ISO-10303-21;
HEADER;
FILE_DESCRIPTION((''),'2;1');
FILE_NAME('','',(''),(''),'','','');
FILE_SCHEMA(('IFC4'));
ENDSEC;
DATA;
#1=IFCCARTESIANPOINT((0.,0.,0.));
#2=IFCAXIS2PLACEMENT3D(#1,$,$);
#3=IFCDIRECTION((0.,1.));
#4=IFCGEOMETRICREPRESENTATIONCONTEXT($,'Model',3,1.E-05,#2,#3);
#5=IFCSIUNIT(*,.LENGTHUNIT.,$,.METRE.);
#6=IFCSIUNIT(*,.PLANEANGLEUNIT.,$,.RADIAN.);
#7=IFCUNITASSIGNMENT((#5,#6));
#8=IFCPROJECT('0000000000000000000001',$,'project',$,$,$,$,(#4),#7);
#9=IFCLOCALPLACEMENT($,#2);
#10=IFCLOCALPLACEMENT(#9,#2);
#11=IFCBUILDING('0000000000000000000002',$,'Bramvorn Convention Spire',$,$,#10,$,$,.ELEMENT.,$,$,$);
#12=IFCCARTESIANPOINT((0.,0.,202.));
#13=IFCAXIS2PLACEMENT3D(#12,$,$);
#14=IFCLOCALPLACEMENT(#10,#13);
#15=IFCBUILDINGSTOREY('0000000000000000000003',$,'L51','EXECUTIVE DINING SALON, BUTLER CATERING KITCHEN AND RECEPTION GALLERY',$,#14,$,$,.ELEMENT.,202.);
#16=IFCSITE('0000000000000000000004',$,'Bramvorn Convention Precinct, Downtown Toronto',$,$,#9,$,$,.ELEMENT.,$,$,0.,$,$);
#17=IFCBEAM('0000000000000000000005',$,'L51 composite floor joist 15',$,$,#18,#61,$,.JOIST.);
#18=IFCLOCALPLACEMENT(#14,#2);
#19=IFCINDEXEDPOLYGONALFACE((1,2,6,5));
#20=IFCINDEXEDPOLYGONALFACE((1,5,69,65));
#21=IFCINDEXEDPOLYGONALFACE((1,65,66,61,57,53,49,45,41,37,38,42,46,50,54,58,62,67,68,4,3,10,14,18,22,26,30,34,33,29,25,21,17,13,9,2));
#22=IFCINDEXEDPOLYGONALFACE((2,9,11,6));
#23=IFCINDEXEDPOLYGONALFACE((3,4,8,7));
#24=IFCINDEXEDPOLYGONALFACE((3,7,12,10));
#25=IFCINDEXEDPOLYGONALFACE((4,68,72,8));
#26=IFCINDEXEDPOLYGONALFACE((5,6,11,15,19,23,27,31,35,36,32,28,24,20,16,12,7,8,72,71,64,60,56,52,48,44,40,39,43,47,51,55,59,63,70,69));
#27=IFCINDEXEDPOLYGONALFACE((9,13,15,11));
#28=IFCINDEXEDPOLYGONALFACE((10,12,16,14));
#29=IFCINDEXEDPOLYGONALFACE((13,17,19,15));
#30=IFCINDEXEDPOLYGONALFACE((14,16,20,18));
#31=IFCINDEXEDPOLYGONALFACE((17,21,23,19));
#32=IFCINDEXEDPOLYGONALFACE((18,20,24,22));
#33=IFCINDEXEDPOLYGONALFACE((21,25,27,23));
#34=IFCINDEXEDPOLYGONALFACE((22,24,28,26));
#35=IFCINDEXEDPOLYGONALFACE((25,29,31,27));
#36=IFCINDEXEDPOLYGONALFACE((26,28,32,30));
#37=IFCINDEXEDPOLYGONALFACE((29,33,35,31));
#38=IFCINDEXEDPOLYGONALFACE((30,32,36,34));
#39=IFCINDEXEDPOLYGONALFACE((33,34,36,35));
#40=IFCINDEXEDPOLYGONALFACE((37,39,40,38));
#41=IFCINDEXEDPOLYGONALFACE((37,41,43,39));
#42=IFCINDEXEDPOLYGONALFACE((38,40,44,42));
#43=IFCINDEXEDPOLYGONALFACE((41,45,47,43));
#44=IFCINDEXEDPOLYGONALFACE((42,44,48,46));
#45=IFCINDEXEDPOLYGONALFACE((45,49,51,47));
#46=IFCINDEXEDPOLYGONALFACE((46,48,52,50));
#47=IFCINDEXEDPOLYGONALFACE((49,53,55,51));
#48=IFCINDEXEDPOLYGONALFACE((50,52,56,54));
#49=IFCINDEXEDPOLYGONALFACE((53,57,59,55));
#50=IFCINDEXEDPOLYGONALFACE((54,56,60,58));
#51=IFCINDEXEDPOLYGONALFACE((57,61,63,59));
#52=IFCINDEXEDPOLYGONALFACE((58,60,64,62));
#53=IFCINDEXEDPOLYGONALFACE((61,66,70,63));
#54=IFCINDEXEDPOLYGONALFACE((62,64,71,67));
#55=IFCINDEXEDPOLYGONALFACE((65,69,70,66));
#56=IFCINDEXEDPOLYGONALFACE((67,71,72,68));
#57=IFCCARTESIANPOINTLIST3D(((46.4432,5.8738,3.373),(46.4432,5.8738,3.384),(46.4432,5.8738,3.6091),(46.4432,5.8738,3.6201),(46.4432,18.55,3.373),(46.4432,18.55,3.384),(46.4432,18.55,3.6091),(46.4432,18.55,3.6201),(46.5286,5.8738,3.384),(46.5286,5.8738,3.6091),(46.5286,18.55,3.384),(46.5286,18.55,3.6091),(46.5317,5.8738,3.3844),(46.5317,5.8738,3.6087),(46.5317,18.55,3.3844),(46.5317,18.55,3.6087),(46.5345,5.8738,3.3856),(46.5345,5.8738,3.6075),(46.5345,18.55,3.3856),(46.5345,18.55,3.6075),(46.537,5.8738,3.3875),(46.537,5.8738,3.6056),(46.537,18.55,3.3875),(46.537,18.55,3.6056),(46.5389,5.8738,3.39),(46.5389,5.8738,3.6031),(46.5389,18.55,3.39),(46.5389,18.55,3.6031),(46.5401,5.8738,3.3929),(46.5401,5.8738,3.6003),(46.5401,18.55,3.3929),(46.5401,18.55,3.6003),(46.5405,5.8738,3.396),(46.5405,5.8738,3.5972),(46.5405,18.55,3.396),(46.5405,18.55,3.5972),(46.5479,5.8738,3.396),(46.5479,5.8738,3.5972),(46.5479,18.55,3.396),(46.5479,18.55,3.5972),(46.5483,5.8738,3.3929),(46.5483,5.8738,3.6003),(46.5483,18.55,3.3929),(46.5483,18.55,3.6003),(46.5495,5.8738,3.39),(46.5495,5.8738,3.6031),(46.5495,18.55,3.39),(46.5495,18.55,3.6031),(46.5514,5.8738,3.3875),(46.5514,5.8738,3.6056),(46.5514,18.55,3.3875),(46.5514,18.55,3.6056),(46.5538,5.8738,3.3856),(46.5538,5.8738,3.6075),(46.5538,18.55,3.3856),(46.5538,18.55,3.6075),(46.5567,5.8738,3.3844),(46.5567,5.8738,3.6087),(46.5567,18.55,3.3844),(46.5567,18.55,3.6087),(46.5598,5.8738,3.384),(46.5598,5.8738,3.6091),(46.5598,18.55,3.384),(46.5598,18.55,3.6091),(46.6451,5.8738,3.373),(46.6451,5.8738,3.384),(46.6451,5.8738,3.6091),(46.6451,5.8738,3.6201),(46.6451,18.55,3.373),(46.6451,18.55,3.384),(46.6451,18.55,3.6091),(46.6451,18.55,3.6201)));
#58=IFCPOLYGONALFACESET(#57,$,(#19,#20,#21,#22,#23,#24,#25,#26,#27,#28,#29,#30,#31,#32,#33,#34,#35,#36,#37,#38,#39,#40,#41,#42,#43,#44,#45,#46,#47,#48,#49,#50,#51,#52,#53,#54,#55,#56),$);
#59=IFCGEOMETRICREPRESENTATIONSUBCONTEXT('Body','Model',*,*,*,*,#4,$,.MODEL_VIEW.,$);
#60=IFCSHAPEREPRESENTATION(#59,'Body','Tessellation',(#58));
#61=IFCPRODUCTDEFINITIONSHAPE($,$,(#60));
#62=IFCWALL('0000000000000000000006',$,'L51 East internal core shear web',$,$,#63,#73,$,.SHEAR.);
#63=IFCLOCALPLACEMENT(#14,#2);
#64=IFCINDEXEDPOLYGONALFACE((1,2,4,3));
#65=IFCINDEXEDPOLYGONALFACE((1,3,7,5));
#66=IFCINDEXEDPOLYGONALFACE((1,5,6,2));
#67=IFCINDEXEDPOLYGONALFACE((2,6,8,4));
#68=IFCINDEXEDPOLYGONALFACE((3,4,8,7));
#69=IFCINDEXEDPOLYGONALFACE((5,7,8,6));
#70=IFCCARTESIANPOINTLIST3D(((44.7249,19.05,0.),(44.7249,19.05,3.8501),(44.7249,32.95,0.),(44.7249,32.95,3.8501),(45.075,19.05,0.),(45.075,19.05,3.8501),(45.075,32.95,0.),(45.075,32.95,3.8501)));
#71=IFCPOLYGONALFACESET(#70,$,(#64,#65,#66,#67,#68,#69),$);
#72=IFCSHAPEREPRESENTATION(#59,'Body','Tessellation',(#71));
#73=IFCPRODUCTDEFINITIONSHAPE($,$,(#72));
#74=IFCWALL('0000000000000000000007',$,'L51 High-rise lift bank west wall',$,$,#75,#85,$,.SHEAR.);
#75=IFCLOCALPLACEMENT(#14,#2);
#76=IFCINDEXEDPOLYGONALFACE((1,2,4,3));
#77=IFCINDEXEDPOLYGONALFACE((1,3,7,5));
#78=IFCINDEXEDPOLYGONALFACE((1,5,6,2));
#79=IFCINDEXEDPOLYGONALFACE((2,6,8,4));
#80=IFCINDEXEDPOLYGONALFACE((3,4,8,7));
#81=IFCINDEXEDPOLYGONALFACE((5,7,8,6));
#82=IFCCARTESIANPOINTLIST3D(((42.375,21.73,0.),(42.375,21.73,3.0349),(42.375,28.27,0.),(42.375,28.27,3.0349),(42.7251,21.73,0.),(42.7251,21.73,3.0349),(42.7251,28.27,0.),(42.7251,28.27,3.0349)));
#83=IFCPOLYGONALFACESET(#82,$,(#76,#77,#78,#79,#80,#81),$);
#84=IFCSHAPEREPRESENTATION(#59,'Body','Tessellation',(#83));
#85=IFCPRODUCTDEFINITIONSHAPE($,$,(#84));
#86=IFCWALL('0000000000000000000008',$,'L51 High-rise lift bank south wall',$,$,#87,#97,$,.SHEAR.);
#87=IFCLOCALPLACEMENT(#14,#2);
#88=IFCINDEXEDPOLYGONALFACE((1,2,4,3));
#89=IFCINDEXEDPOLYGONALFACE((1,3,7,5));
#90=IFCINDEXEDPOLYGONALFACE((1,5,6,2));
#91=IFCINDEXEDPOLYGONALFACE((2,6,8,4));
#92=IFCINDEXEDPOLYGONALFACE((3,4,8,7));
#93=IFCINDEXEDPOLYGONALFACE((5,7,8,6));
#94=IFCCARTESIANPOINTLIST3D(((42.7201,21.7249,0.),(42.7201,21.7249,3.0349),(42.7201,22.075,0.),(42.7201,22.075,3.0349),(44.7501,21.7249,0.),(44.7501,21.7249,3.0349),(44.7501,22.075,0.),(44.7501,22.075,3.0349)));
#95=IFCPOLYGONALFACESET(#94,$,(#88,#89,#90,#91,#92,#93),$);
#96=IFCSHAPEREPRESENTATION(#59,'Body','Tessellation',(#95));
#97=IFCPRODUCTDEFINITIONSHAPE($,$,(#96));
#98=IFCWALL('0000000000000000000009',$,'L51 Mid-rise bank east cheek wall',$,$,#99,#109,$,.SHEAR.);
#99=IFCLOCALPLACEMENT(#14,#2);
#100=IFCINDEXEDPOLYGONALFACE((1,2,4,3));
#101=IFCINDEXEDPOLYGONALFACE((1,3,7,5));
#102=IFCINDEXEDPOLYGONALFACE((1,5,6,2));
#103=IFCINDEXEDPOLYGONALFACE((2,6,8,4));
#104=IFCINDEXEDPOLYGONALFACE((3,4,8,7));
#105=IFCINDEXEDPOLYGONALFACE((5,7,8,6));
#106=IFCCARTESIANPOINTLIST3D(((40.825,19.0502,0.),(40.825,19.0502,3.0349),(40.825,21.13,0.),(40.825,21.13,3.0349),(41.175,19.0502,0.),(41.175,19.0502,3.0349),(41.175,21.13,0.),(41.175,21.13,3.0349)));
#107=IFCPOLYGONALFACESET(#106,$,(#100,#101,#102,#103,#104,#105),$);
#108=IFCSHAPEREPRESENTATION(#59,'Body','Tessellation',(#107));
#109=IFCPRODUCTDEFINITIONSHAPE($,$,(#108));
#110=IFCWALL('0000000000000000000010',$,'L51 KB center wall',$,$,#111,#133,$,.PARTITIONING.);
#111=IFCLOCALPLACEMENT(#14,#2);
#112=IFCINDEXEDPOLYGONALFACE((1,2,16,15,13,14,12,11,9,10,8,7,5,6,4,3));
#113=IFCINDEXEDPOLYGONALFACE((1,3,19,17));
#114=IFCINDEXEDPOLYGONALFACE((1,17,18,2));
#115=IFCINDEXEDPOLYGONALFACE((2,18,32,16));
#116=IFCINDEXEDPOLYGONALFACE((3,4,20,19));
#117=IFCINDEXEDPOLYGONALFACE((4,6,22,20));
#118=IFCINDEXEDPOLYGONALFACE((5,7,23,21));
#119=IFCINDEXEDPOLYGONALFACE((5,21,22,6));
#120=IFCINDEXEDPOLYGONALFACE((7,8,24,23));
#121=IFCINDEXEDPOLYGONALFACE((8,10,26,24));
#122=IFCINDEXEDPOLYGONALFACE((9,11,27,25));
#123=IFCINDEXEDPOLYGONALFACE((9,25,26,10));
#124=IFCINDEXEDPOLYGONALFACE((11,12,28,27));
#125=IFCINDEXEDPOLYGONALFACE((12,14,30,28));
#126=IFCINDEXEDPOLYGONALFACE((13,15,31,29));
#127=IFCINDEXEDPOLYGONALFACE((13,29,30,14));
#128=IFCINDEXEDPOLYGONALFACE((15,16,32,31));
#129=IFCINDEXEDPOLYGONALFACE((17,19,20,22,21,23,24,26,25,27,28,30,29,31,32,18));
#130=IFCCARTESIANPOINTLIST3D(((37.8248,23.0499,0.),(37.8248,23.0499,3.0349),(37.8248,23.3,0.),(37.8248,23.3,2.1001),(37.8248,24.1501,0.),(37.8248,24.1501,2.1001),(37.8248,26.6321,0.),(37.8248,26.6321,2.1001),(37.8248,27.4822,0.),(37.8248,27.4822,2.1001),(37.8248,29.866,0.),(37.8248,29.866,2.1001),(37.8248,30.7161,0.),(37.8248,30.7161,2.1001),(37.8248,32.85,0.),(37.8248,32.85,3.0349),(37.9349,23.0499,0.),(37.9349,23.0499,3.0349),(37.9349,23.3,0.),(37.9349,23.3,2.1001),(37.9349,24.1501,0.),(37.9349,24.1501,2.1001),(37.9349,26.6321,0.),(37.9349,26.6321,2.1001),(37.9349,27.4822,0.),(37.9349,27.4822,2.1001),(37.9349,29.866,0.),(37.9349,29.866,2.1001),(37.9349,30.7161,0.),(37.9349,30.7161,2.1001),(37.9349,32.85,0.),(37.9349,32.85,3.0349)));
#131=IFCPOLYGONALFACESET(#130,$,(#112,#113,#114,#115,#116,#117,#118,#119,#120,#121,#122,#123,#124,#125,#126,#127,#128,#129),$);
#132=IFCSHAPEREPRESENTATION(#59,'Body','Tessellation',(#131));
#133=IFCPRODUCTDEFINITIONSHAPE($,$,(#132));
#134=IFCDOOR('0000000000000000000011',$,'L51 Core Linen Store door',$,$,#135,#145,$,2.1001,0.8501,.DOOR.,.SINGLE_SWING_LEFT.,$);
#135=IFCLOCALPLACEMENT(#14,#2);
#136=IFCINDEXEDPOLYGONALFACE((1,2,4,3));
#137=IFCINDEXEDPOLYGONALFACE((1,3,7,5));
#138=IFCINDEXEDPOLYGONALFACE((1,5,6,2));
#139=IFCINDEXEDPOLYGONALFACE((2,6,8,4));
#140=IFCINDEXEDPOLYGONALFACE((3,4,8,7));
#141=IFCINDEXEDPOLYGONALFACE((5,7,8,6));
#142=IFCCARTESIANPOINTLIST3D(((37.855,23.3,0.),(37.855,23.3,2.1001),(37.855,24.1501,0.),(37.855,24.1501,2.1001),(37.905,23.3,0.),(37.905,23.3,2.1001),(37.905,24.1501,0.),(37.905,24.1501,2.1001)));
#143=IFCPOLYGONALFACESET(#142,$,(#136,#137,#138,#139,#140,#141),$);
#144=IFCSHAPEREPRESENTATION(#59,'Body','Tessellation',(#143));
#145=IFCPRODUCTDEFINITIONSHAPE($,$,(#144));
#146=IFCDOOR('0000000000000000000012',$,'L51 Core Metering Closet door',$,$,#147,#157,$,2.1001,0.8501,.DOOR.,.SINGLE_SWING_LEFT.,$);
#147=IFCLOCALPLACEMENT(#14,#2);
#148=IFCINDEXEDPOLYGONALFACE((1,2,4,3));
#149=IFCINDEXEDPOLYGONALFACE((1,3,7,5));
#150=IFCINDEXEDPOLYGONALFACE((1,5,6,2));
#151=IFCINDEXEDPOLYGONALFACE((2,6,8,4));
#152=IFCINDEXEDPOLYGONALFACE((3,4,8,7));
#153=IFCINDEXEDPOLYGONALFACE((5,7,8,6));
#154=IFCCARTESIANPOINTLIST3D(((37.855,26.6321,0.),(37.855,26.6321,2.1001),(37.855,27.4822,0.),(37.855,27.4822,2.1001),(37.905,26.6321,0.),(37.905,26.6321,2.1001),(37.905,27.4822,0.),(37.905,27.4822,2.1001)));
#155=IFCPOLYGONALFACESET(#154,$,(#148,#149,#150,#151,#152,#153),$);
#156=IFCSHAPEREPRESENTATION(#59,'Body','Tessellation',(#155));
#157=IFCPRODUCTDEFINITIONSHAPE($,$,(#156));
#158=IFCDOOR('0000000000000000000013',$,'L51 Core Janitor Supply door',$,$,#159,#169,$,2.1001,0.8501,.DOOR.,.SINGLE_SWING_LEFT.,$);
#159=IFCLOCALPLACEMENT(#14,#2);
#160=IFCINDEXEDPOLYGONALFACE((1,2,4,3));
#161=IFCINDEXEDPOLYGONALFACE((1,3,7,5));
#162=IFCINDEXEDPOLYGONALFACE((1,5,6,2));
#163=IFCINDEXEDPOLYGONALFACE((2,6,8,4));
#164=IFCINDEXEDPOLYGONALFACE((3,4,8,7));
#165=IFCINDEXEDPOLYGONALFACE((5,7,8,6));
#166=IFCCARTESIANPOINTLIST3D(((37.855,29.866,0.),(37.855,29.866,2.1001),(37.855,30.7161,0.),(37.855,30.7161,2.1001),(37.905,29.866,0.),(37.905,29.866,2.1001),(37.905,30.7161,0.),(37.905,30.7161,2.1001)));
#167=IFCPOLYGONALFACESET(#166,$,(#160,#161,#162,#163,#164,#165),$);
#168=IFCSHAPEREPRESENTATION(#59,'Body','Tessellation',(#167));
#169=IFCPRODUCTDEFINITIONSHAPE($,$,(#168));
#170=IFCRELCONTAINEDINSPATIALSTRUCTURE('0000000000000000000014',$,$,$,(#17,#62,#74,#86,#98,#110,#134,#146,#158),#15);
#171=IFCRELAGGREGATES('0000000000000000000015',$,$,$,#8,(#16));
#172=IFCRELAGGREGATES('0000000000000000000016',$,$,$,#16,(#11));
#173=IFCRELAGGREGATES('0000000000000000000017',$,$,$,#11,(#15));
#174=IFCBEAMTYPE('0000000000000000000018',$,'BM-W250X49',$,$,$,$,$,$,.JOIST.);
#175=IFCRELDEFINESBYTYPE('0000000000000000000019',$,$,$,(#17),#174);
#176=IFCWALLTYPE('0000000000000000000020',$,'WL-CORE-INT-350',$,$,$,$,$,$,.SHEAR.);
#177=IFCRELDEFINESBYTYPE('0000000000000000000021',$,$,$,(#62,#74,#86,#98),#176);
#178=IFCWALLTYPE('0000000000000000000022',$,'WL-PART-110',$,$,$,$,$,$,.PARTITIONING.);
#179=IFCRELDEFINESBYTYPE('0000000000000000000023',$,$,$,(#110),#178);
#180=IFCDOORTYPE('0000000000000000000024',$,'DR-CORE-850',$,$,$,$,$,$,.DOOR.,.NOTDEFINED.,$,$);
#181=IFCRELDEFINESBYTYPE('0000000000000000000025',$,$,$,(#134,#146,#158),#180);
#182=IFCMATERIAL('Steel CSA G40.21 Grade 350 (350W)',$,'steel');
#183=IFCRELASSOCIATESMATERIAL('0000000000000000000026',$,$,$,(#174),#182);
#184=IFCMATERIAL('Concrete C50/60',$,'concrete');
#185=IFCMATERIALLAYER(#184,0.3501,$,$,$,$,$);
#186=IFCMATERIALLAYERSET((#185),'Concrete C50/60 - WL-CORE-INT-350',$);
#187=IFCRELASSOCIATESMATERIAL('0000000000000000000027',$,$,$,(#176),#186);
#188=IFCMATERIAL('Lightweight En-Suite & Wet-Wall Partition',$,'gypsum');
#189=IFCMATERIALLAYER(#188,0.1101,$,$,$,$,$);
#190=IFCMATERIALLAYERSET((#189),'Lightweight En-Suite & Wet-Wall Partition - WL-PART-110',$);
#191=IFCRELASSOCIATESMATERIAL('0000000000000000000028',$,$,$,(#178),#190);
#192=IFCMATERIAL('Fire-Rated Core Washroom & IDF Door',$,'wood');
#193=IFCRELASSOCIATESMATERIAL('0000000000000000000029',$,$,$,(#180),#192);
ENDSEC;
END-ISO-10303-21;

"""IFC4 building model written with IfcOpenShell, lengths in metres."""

from ifc_helpers import new_model, si_unit, direction, frame, frame_2d, origin, origin_2d, place, context, subcontext, project, spatial, rectangle, i_section, extrude, material, layer, layer_set, material_profile, profile_set, type_object, element, fill, save


model = new_model("IFC4")

# Units and contexts
model_context = context("Model", 3, precision=1e-05, world=origin(), true_north=direction((0.0, 1.0)))
body_context = subcontext(model_context, "Body", "Model", "MODEL_VIEW")
ifc_project = project(units=[si_unit("LENGTHUNIT", "METRE"), si_unit("PLANEANGLEUNIT", "RADIAN")], contexts=[model_context])

# Site, building, storey
site_placement = place(None, origin())
site = spatial("IfcSite", under=ifc_project, at=site_placement, Name="Bramvorn Convention Precinct, Downtown Toronto", CompositionType="ELEMENT", RefElevation=0.0)
building_placement = place(site_placement, origin())
building = spatial("IfcBuilding", under=site, at=building_placement, Name="Bramvorn Convention Spire", CompositionType="ELEMENT")
storey_placement = place(building_placement, frame((0.0, 0.0, 202.0)))
storey = spatial("IfcBuildingStorey", under=building, at=storey_placement, Name="L51", Description="EXECUTIVE DINING SALON, BUTLER CATERING KITCHEN AND RECEPTION GALLERY", CompositionType="ELEMENT", Elevation=202.0)

# Beam
ifc_material_1 = material(Name="Steel CSA G40.21 Grade 350 (350W)", Category="steel")
ifc_material_profile = material_profile(ifc_material_1, i_section(OverallWidth=0.2019, OverallDepth=0.2471, WebThickness=0.0073, FlangeThickness=0.011, FilletRadius=0.012, at=origin_2d()))
ifc_profile_set = profile_set([ifc_material_profile], Name="Steel CSA G40.21 Grade 350 (350W) - W250X49")
beam_type = type_object("IfcBeamType", Name="BM-W250X49", PredefinedType="JOIST", material=ifc_profile_set)
beam_placement = place(storey_placement, frame((46.5442, 18.55, 3.4966), z_axis=(0.0, -1.0, 0.0), x_axis=(1.0, 0.0, 0.0)))
element("IfcBeam", 1, at=beam_placement, inside=storey, type_object=beam_type, Name="L51 composite floor joist 15", PredefinedType="JOIST", context=body_context, shape_type="SweptSolid", body=[
    extrude(i_section(OverallWidth=0.2019, OverallDepth=0.2471, WebThickness=0.0073, FlangeThickness=0.011, FilletRadius=0.012, at=origin_2d()), origin(), (0.0, 0.0, 1.0), 12.6763),
])

# Walls
ifc_material_2 = material(Name="Concrete C50/60", Category="concrete")
ifc_layer_1 = layer(ifc_material_2, 0.3501)
ifc_layer_set_1 = layer_set([ifc_layer_1], Name="Concrete C50/60 - WL-CORE-INT-350")
wall_type_1 = type_object("IfcWallType", Name="WL-CORE-INT-350", PredefinedType="SHEAR", material=ifc_layer_set_1)
wall_1_placement = place(storey_placement, frame((44.8999, 19.05, 0.0), z_axis=(0.0, 0.0, 1.0), x_axis=(0.0, 1.0, 0.0)))
element("IfcWall", 2, at=wall_1_placement, inside=storey, type_object=wall_type_1, Name="L51 East internal core shear web", PredefinedType="SHEAR", context=body_context, shape_type="SweptSolid", body=[
    extrude(rectangle(XDim=13.8999, YDim=0.3501, at=frame_2d((6.95, 0.0))), origin(), (0.0, 0.0, 1.0), 3.8501),
])
wall_2_placement = place(storey_placement, frame((42.55, 21.73, 0.0), z_axis=(0.0, 0.0, 1.0), x_axis=(0.0, 1.0, 0.0)))
element("IfcWall", 3, at=wall_2_placement, inside=storey, type_object=wall_type_1, Name="L51 High-rise lift bank west wall", PredefinedType="SHEAR", context=body_context, shape_type="SweptSolid", body=[
    extrude(rectangle(XDim=6.54, YDim=0.3501, at=frame_2d((3.27, 0.0))), origin(), (0.0, 0.0, 1.0), 3.0349),
])
wall_3_placement = place(storey_placement, frame((42.72, 21.8999, 0.0), z_axis=(0.0, 0.0, 1.0), x_axis=(1.0, 0.0, 0.0)))
element("IfcWall", 4, at=wall_3_placement, inside=storey, type_object=wall_type_1, Name="L51 High-rise lift bank south wall", PredefinedType="SHEAR", context=body_context, shape_type="SweptSolid", body=[
    extrude(rectangle(XDim=2.03, YDim=0.3501, at=frame_2d((1.0151, 0.0))), origin(), (0.0, 0.0, 1.0), 3.0349),
])

# Wall
wall_4_placement = place(storey_placement, frame((41.0, 19.05, 0.0), z_axis=(0.0, 0.0, 1.0), x_axis=(0.0, 1.0, 0.0)))
element("IfcWall", 5, at=wall_4_placement, inside=storey, type_object=wall_type_1, Name="L51 Mid-rise bank east cheek wall", PredefinedType="SHEAR", context=body_context, shape_type="SweptSolid", body=[
    extrude(rectangle(XDim=2.0798, YDim=0.3501, at=frame_2d((1.04, 0.0))), origin(), (0.0, 0.0, 1.0), 3.0349),
])

# Wall, openings, doors
ifc_material_3 = material(Name="Lightweight En-Suite & Wet-Wall Partition", Category="gypsum")
ifc_layer_2 = layer(ifc_material_3, 0.1101)
ifc_layer_set_2 = layer_set([ifc_layer_2], Name="Lightweight En-Suite & Wet-Wall Partition - WL-PART-110")
wall_type_2 = type_object("IfcWallType", Name="WL-PART-110", PredefinedType="PARTITIONING", material=ifc_layer_set_2)
wall_5_placement = place(storey_placement, frame((37.8799, 23.05, 0.0), z_axis=(0.0, 0.0, 1.0), x_axis=(0.0, 1.0, 0.0)))
wall_5 = element("IfcWall", 6, at=wall_5_placement, inside=storey, type_object=wall_type_2, Name="L51 KB center wall", PredefinedType="PARTITIONING", context=body_context, shape_type="SweptSolid", body=[
    extrude(rectangle(XDim=9.8, YDim=0.1101, at=frame_2d((4.8999, 0.0))), origin(), (0.0, 0.0, 1.0), 3.0349),
])
opening_1_placement = place(wall_5_placement, frame((0.25, 0.0, 0.0)))
opening_1 = element("IfcOpeningElement", 7, at=opening_1_placement, cuts=wall_5, PredefinedType="OPENING", context=body_context, shape_type="SweptSolid", body=[
    extrude(rectangle(XDim=0.8501, YDim=2.1001, at=frame_2d((0.425, 1.05))), frame((0.0, 0.0649, 0.0), z_axis=(0.0, -1.0, 0.0), x_axis=(1.0, 0.0, 0.0)), (0.0, 0.0, 1.0), 0.1301),
])
opening_2_placement = place(wall_5_placement, frame((3.582, 0.0, 0.0)))
opening_2 = element("IfcOpeningElement", 8, at=opening_2_placement, cuts=wall_5, PredefinedType="OPENING", context=body_context, shape_type="SweptSolid", body=[
    extrude(rectangle(XDim=0.8501, YDim=2.1001, at=frame_2d((0.425, 1.05))), frame((0.0, 0.0649, 0.0), z_axis=(0.0, -1.0, 0.0), x_axis=(1.0, 0.0, 0.0)), (0.0, 0.0, 1.0), 0.1301),
])
opening_3_placement = place(wall_5_placement, frame((6.8159, 0.0, 0.0)))
opening_3 = element("IfcOpeningElement", 9, at=opening_3_placement, cuts=wall_5, PredefinedType="OPENING", context=body_context, shape_type="SweptSolid", body=[
    extrude(rectangle(XDim=0.8501, YDim=2.1001, at=frame_2d((0.425, 1.05))), frame((0.0, 0.0649, 0.0), z_axis=(0.0, -1.0, 0.0), x_axis=(1.0, 0.0, 0.0)), (0.0, 0.0, 1.0), 0.1301),
])
ifc_material_4 = material(Name="Fire-Rated Core Washroom & IDF Door", Category="wood")
door_type_1 = type_object("IfcDoorType", Name="DR-CORE-850", OperationType="NOTDEFINED", PredefinedType="DOOR", material=ifc_material_4)
door_1_placement = place(opening_1_placement, origin())
door_1 = element("IfcDoor", 10, at=door_1_placement, inside=storey, type_object=door_type_1, Name="L51 Core Linen Store door", OperationType="SINGLE_SWING_LEFT", OverallHeight=2.1001, OverallWidth=0.8501, PredefinedType="DOOR", context=body_context, shape_type="SweptSolid", body=[
    extrude(rectangle(XDim=0.8501, YDim=2.1001, at=frame_2d((0.425, 1.05))), frame((0.0, 0.0249, 0.0), z_axis=(0.0, -1.0, 0.0), x_axis=(1.0, 0.0, 0.0)), (0.0, 0.0, 1.0), 0.05),
])
fill(opening_1, door_1)
door_2_placement = place(opening_2_placement, origin())
door_2 = element("IfcDoor", 11, at=door_2_placement, inside=storey, type_object=door_type_1, Name="L51 Core Metering Closet door", OperationType="SINGLE_SWING_LEFT", OverallHeight=2.1001, OverallWidth=0.8501, PredefinedType="DOOR", context=body_context, shape_type="SweptSolid", body=[
    extrude(rectangle(XDim=0.8501, YDim=2.1001, at=frame_2d((0.425, 1.05))), frame((0.0, 0.0249, 0.0), z_axis=(0.0, -1.0, 0.0), x_axis=(1.0, 0.0, 0.0)), (0.0, 0.0, 1.0), 0.05),
])
fill(opening_2, door_2)
door_3_placement = place(opening_3_placement, origin())
door_3 = element("IfcDoor", 12, at=door_3_placement, inside=storey, type_object=door_type_1, Name="L51 Core Janitor Supply door", OperationType="SINGLE_SWING_LEFT", OverallHeight=2.1001, OverallWidth=0.8501, PredefinedType="DOOR", context=body_context, shape_type="SweptSolid", body=[
    extrude(rectangle(XDim=0.8501, YDim=2.1001, at=frame_2d((0.425, 1.05))), frame((0.0, 0.0249, 0.0), z_axis=(0.0, -1.0, 0.0), x_axis=(1.0, 0.0, 0.0)), (0.0, 0.0, 1.0), 0.05),
])
fill(opening_3, door_3)

save(model, "model.ifc")
